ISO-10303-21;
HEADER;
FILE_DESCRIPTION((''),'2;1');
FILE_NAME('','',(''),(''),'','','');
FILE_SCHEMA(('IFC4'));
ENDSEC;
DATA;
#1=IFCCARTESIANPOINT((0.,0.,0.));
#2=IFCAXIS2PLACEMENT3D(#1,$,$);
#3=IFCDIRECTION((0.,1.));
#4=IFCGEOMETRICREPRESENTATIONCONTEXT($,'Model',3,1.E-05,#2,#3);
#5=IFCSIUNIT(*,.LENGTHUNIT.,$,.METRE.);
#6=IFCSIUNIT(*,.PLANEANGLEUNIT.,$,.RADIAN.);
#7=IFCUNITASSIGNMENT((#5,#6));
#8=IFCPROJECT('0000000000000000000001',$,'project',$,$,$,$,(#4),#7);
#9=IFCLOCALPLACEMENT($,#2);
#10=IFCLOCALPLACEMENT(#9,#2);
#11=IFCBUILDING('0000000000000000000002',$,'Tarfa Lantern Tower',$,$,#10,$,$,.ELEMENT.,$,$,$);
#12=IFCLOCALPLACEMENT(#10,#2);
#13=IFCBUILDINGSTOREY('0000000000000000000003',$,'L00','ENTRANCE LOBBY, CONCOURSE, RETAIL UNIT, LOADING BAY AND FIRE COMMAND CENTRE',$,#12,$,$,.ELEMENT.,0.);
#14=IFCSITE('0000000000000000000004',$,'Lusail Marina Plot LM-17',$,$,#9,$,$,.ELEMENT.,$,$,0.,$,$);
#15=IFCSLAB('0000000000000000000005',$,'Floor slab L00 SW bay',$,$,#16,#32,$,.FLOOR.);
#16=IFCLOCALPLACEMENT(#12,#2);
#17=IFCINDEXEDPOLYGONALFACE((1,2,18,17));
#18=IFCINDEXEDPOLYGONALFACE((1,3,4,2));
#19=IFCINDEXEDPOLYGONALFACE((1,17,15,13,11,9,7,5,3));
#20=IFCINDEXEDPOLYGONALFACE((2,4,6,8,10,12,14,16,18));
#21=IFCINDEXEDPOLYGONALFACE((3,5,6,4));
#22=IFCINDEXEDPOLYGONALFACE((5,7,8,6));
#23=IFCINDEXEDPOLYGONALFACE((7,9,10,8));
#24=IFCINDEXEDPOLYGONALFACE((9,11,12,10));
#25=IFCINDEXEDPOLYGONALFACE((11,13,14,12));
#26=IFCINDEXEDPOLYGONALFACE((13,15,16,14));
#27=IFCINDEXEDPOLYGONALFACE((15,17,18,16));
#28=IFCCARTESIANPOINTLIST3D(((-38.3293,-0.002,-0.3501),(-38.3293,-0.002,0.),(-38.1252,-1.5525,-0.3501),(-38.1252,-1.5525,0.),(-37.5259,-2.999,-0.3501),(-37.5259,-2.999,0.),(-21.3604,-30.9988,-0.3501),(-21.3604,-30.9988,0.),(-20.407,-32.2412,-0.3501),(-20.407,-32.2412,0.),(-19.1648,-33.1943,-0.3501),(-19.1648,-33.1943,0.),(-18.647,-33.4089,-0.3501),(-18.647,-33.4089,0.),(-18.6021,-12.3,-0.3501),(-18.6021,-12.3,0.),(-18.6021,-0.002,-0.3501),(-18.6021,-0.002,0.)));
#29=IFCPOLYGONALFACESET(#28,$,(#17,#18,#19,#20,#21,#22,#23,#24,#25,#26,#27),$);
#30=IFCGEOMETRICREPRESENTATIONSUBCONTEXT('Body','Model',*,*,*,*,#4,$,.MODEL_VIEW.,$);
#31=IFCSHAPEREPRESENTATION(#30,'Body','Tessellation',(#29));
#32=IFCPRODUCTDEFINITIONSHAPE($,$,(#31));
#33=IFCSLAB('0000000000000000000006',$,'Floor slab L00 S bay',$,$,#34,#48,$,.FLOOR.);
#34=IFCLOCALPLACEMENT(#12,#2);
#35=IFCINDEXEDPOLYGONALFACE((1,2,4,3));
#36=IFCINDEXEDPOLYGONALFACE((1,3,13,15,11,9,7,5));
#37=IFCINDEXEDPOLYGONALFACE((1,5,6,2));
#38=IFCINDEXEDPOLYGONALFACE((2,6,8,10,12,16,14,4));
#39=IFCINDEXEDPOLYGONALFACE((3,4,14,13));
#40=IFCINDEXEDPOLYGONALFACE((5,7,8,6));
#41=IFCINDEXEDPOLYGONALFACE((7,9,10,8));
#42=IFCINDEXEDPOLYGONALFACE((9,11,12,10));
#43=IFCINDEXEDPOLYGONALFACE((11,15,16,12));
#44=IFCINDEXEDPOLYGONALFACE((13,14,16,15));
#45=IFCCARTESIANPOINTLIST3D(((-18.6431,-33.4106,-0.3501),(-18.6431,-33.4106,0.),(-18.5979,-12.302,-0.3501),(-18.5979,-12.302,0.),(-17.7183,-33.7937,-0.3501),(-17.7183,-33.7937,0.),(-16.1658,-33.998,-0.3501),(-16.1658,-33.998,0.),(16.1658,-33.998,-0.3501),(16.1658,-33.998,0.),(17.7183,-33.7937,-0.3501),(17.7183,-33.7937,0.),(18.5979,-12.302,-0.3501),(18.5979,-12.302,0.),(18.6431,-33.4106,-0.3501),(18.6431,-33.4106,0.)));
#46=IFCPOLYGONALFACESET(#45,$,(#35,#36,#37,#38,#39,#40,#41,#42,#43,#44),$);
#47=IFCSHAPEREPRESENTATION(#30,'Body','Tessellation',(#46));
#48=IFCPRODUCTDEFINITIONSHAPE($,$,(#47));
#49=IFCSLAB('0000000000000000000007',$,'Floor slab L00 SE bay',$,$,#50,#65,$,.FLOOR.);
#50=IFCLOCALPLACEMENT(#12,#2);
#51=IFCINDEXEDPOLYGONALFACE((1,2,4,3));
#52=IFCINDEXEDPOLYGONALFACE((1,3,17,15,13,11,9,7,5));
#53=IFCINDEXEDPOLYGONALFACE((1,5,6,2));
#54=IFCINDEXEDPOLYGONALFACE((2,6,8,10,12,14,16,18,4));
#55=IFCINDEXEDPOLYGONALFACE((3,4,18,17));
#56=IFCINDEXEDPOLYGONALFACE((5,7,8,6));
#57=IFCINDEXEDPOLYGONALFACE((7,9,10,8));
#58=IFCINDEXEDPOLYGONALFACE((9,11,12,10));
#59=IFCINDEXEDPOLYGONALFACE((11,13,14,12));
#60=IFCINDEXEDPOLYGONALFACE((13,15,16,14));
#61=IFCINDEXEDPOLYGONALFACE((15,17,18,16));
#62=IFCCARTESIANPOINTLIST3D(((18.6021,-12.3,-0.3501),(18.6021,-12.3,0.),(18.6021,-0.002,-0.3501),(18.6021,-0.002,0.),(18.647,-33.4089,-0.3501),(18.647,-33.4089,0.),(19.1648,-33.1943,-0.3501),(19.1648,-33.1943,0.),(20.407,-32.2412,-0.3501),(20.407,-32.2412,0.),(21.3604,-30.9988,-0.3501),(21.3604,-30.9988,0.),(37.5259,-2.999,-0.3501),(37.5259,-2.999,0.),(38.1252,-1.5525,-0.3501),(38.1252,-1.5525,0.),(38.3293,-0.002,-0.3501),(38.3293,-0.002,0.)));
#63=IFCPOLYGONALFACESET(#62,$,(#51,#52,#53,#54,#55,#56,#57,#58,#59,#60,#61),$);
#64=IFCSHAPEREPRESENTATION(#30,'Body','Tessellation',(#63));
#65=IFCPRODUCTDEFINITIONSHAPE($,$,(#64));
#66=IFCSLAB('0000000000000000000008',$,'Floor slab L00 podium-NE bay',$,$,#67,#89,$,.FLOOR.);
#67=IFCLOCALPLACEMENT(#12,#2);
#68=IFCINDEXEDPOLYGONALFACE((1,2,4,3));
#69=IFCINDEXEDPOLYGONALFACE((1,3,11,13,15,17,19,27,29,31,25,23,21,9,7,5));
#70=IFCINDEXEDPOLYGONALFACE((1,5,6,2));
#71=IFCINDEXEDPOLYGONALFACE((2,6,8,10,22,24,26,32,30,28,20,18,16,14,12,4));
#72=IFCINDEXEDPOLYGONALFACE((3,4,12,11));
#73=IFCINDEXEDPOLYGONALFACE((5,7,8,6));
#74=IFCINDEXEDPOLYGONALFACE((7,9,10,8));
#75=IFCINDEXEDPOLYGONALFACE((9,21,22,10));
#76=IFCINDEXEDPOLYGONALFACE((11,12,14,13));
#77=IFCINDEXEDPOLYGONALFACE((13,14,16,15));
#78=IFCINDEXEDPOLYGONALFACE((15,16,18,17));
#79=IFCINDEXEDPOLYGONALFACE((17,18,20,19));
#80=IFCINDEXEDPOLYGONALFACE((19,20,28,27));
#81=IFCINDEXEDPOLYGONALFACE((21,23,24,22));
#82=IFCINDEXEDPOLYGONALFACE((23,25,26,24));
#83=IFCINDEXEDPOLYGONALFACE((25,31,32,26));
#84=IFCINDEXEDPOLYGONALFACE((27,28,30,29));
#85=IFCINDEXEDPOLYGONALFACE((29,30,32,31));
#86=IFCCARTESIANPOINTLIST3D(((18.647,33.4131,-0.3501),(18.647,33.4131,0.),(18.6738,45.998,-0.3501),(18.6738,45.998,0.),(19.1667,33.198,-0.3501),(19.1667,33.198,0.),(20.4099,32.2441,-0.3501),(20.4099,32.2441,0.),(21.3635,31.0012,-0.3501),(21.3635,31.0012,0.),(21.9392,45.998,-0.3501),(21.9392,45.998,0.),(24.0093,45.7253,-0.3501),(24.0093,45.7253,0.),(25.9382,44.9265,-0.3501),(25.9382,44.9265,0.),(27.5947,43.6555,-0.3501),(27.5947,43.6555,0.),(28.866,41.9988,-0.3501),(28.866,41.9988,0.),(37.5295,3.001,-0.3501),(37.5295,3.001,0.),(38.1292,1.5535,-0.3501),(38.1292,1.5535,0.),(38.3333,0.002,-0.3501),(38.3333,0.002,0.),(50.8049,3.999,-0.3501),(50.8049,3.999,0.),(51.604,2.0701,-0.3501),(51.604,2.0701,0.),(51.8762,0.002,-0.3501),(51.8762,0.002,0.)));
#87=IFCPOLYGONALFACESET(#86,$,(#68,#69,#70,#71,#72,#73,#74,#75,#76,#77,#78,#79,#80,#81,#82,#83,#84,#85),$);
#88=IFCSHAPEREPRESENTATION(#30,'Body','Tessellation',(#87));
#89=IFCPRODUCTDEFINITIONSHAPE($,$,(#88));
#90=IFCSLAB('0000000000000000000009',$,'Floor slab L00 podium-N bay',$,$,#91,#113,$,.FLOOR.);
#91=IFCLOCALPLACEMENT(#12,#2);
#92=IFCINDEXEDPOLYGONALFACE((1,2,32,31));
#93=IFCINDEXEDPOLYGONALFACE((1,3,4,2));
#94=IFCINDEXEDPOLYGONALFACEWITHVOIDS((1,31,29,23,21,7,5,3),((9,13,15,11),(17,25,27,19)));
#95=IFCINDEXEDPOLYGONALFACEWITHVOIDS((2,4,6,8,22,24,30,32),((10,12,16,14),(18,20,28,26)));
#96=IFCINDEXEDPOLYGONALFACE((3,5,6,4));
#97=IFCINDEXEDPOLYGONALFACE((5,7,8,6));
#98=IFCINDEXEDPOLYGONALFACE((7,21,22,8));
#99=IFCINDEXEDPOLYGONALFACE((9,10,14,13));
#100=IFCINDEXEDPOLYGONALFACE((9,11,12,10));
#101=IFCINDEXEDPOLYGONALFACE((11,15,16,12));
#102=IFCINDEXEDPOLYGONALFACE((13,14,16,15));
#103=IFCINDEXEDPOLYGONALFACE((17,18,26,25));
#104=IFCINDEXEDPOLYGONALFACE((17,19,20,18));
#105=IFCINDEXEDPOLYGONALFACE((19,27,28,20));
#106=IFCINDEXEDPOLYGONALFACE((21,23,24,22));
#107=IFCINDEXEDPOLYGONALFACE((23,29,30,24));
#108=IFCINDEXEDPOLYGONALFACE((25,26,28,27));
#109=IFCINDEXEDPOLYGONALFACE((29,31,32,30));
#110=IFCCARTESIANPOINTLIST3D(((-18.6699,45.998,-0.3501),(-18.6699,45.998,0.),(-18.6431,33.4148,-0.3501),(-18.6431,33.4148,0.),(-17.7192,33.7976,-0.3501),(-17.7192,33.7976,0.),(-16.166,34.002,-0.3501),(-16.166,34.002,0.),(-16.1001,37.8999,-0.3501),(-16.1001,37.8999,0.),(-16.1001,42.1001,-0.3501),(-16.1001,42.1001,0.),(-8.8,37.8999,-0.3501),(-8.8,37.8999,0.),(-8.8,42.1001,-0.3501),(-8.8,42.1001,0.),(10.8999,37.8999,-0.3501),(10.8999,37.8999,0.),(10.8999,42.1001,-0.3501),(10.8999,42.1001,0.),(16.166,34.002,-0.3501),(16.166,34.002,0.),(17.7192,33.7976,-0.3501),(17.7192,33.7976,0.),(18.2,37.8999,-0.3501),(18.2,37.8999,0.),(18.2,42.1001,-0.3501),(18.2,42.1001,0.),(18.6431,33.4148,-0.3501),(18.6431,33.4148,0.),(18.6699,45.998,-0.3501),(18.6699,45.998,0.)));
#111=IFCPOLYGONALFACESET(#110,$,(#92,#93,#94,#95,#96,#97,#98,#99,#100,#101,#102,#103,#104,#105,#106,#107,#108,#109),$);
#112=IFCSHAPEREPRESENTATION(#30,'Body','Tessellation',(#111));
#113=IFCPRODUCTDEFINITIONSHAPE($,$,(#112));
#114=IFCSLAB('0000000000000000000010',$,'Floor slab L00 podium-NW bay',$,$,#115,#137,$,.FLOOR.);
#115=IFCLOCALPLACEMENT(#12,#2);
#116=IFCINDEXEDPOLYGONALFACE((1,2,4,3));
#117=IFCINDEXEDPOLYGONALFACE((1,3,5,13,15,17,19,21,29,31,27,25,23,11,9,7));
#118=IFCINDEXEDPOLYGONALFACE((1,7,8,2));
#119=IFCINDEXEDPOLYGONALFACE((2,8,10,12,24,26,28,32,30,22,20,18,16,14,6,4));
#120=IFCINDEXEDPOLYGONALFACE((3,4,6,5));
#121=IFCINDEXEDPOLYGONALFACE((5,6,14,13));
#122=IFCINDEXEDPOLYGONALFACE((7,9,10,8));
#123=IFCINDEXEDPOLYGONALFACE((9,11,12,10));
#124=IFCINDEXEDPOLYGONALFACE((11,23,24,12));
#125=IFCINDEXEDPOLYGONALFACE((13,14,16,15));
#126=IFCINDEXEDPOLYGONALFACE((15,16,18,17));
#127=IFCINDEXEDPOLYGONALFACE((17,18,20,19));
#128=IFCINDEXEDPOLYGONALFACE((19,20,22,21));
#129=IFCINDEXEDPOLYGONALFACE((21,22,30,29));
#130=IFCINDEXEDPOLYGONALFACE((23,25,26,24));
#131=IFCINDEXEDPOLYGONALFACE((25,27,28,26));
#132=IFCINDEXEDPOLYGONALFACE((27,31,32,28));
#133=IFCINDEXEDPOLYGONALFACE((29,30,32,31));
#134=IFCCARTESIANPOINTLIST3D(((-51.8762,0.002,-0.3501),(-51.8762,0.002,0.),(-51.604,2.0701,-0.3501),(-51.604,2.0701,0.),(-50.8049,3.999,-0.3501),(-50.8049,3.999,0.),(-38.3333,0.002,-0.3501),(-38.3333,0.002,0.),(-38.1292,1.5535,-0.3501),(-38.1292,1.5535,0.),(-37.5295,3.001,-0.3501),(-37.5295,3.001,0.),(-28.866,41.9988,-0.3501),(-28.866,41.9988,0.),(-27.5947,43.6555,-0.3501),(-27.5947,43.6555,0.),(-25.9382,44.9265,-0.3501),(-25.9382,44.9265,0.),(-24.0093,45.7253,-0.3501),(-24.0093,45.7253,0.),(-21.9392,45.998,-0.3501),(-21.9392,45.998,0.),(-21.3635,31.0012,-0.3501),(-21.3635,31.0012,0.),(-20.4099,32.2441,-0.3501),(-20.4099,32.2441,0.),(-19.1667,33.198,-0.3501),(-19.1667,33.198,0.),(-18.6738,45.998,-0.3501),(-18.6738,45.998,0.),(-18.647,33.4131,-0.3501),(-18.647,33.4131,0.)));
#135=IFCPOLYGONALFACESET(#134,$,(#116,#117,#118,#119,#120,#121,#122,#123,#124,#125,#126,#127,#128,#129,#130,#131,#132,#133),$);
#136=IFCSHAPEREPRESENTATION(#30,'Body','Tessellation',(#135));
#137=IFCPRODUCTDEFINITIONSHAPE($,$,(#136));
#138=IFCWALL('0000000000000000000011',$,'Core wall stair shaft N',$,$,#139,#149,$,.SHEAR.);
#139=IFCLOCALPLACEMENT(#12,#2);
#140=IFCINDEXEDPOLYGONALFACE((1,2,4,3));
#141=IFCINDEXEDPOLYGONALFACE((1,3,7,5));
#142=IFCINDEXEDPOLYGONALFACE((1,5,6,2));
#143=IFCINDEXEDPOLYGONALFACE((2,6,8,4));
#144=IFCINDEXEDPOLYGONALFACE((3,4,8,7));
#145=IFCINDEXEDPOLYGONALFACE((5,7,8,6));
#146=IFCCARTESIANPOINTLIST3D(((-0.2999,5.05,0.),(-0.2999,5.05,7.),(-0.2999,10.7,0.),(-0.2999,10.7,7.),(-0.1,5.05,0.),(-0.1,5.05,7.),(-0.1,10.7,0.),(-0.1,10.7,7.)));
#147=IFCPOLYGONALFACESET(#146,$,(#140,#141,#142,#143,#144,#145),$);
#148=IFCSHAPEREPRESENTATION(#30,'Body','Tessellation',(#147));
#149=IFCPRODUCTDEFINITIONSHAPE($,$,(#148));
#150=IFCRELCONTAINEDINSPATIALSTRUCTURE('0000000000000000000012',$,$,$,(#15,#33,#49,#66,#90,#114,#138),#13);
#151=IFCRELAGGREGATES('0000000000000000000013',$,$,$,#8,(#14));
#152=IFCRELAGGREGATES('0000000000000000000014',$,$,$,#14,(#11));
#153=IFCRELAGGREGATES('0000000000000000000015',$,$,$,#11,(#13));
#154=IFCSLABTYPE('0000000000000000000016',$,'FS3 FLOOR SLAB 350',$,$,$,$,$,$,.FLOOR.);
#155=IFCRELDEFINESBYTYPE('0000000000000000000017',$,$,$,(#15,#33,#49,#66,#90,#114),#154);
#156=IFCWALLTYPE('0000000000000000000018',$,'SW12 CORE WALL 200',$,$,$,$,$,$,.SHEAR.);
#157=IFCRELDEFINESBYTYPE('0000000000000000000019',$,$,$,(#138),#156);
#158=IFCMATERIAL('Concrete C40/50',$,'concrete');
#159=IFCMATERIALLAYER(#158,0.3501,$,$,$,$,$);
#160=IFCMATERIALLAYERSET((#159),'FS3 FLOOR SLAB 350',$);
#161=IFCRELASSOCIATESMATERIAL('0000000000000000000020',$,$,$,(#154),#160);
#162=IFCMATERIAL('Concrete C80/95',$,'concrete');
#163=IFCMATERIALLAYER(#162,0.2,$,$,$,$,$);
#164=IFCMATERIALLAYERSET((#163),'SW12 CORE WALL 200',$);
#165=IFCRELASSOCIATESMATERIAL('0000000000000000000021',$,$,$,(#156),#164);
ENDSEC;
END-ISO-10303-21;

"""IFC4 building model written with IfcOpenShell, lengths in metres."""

from ifc_helpers import new_model, si_unit, direction, frame, frame_2d, origin, place, context, subcontext, project, spatial, polyline, rectangle, outline, extrude, material, layer, layer_set, type_object, element, save


model = new_model("IFC4")

# Units and contexts
model_context = context("Model", 3, precision=1e-05, world=origin(), true_north=direction((0.0, 1.0)))
body_context = subcontext(model_context, "Body", "Model", "MODEL_VIEW")
ifc_project = project(units=[si_unit("LENGTHUNIT", "METRE"), si_unit("PLANEANGLEUNIT", "RADIAN")], contexts=[model_context])

# Site, building, storey
site_placement = place(None, origin())
site = spatial("IfcSite", under=ifc_project, at=site_placement, Name="Lusail Marina Plot LM-17", CompositionType="ELEMENT", RefElevation=0.0)
building_placement = place(site_placement, origin())
building = spatial("IfcBuilding", under=site, at=building_placement, Name="Tarfa Lantern Tower", CompositionType="ELEMENT")
storey_placement = place(building_placement, origin())
storey = spatial("IfcBuildingStorey", under=building, at=storey_placement, Name="L00", Description="ENTRANCE LOBBY, CONCOURSE, RETAIL UNIT, LOADING BAY AND FIRE COMMAND CENTRE", CompositionType="ELEMENT", Elevation=0.0)

# Slabs
ifc_material_1 = material(Name="Concrete C40/50", Category="concrete")
ifc_layer_1 = layer(ifc_material_1, 0.3501)
ifc_layer_set_1 = layer_set([ifc_layer_1], Name="FS3 FLOOR SLAB 350")
slab_type = type_object("IfcSlabType", Name="FS3 FLOOR SLAB 350", PredefinedType="FLOOR", material=ifc_layer_set_1)
slab_1_placement = place(storey_placement, frame((0.0, 0.0, -0.3501)))
element("IfcSlab", 1, at=slab_1_placement, inside=storey, type_object=slab_type, Name="Floor slab L00 SW bay", PredefinedType="FLOOR", context=body_context, shape_type="SweptSolid", body=[
    extrude(outline(polyline([(-18.6021, -12.3), (-18.6021, -0.002), (-38.3293, -0.002), (-38.1252, -1.5525), (-37.5259, -2.999), (-21.3604, -30.9988), (-20.407, -32.2412), (-19.1648, -33.1943), (-18.647, -33.4089), (-18.6021, -12.3)])), origin(), (0.0, 0.0, 1.0), 0.3501),
])
slab_2_placement = place(storey_placement, frame((0.0, 0.0, -0.3501)))
element("IfcSlab", 2, at=slab_2_placement, inside=storey, type_object=slab_type, Name="Floor slab L00 S bay", PredefinedType="FLOOR", context=body_context, shape_type="SweptSolid", body=[
    extrude(outline(polyline([(18.5979, -12.302), (-18.5979, -12.302), (-18.6431, -33.4106), (-17.7183, -33.7937), (-16.1658, -33.998), (16.1658, -33.998), (17.7183, -33.7937), (18.6431, -33.4106), (18.5979, -12.302)])), origin(), (0.0, 0.0, 1.0), 0.3501),
])
slab_3_placement = place(storey_placement, frame((0.0, 0.0, -0.3501)))
element("IfcSlab", 3, at=slab_3_placement, inside=storey, type_object=slab_type, Name="Floor slab L00 SE bay", PredefinedType="FLOOR", context=body_context, shape_type="SweptSolid", body=[
    extrude(outline(polyline([(18.6021, -0.002), (18.6021, -12.3), (18.647, -33.4089), (19.1648, -33.1943), (20.407, -32.2412), (21.3604, -30.9988), (37.5259, -2.999), (38.1252, -1.5525), (38.3293, -0.002), (18.6021, -0.002)])), origin(), (0.0, 0.0, 1.0), 0.3501),
])
slab_4_placement = place(storey_placement, frame((0.0, 0.0, -0.3501)))
element("IfcSlab", 4, at=slab_4_placement, inside=storey, type_object=slab_type, Name="Floor slab L00 podium-NE bay", PredefinedType="FLOOR", context=body_context, shape_type="SweptSolid", body=[
    extrude(outline(polyline([(50.8049, 3.999), (28.866, 41.9988), (27.5947, 43.6555), (25.9382, 44.9265), (24.0093, 45.7253), (21.9392, 45.998), (18.6738, 45.998), (18.647, 33.4131), (19.1667, 33.198), (20.4099, 32.2441), (21.3635, 31.0012), (37.5295, 3.001), (38.1292, 1.5535), (38.3333, 0.002), (51.8762, 0.002), (51.604, 2.0701), (50.8049, 3.999)])), origin(), (0.0, 0.0, 1.0), 0.3501),
])
slab_5_placement = place(storey_placement, frame((0.0, 0.0, -0.3501)))
element("IfcSlab", 5, at=slab_5_placement, inside=storey, type_object=slab_type, Name="Floor slab L00 podium-N bay", PredefinedType="FLOOR", context=body_context, shape_type="SweptSolid", body=[
    extrude(outline(polyline([(-18.6431, 33.4148), (-17.7192, 33.7976), (-16.166, 34.002), (16.166, 34.002), (17.7192, 33.7976), (18.6431, 33.4148), (18.6699, 45.998), (-18.6699, 45.998), (-18.6431, 33.4148)]), holes=[polyline([(10.8999, 37.8999), (18.2, 37.8999), (18.2, 42.1001), (10.8999, 42.1001), (10.8999, 37.8999)]), polyline([(-16.1001, 37.8999), (-8.8, 37.8999), (-8.8, 42.1001), (-16.1001, 42.1001), (-16.1001, 37.8999)])]), origin(), (0.0, 0.0, 1.0), 0.3501),
])
slab_6_placement = place(storey_placement, frame((0.0, 0.0, -0.3501)))
element("IfcSlab", 6, at=slab_6_placement, inside=storey, type_object=slab_type, Name="Floor slab L00 podium-NW bay", PredefinedType="FLOOR", context=body_context, shape_type="SweptSolid", body=[
    extrude(outline(polyline([(-38.3333, 0.002), (-38.1292, 1.5535), (-37.5295, 3.001), (-21.3635, 31.0012), (-20.4099, 32.2441), (-19.1667, 33.198), (-18.647, 33.4131), (-18.6738, 45.998), (-21.9392, 45.998), (-24.0093, 45.7253), (-25.9382, 44.9265), (-27.5947, 43.6555), (-28.866, 41.9988), (-50.8049, 3.999), (-51.604, 2.0701), (-51.8762, 0.002), (-38.3333, 0.002)])), origin(), (0.0, 0.0, 1.0), 0.3501),
])

# Wall
ifc_material_2 = material(Name="Concrete C80/95", Category="concrete")
ifc_layer_2 = layer(ifc_material_2, 0.2)
ifc_layer_set_2 = layer_set([ifc_layer_2], Name="SW12 CORE WALL 200")
wall_type_1 = type_object("IfcWallType", Name="SW12 CORE WALL 200", PredefinedType="SHEAR", material=ifc_layer_set_2)
wall_1_placement = place(storey_placement, frame((-0.2, 5.05, 0.0), z_axis=(0.0, 0.0, 1.0), x_axis=(0.0, 1.0, 0.0)))
element("IfcWall", 7, at=wall_1_placement, inside=storey, type_object=wall_type_1, Name="Core wall stair shaft N", PredefinedType="SHEAR", context=body_context, shape_type="SweptSolid", body=[
    extrude(rectangle(XDim=5.6499, YDim=0.2, at=frame_2d((2.825, 0.0))), origin(), (0.0, 0.0, 1.0), 7.0),
])

save(model, "model.ifc")
